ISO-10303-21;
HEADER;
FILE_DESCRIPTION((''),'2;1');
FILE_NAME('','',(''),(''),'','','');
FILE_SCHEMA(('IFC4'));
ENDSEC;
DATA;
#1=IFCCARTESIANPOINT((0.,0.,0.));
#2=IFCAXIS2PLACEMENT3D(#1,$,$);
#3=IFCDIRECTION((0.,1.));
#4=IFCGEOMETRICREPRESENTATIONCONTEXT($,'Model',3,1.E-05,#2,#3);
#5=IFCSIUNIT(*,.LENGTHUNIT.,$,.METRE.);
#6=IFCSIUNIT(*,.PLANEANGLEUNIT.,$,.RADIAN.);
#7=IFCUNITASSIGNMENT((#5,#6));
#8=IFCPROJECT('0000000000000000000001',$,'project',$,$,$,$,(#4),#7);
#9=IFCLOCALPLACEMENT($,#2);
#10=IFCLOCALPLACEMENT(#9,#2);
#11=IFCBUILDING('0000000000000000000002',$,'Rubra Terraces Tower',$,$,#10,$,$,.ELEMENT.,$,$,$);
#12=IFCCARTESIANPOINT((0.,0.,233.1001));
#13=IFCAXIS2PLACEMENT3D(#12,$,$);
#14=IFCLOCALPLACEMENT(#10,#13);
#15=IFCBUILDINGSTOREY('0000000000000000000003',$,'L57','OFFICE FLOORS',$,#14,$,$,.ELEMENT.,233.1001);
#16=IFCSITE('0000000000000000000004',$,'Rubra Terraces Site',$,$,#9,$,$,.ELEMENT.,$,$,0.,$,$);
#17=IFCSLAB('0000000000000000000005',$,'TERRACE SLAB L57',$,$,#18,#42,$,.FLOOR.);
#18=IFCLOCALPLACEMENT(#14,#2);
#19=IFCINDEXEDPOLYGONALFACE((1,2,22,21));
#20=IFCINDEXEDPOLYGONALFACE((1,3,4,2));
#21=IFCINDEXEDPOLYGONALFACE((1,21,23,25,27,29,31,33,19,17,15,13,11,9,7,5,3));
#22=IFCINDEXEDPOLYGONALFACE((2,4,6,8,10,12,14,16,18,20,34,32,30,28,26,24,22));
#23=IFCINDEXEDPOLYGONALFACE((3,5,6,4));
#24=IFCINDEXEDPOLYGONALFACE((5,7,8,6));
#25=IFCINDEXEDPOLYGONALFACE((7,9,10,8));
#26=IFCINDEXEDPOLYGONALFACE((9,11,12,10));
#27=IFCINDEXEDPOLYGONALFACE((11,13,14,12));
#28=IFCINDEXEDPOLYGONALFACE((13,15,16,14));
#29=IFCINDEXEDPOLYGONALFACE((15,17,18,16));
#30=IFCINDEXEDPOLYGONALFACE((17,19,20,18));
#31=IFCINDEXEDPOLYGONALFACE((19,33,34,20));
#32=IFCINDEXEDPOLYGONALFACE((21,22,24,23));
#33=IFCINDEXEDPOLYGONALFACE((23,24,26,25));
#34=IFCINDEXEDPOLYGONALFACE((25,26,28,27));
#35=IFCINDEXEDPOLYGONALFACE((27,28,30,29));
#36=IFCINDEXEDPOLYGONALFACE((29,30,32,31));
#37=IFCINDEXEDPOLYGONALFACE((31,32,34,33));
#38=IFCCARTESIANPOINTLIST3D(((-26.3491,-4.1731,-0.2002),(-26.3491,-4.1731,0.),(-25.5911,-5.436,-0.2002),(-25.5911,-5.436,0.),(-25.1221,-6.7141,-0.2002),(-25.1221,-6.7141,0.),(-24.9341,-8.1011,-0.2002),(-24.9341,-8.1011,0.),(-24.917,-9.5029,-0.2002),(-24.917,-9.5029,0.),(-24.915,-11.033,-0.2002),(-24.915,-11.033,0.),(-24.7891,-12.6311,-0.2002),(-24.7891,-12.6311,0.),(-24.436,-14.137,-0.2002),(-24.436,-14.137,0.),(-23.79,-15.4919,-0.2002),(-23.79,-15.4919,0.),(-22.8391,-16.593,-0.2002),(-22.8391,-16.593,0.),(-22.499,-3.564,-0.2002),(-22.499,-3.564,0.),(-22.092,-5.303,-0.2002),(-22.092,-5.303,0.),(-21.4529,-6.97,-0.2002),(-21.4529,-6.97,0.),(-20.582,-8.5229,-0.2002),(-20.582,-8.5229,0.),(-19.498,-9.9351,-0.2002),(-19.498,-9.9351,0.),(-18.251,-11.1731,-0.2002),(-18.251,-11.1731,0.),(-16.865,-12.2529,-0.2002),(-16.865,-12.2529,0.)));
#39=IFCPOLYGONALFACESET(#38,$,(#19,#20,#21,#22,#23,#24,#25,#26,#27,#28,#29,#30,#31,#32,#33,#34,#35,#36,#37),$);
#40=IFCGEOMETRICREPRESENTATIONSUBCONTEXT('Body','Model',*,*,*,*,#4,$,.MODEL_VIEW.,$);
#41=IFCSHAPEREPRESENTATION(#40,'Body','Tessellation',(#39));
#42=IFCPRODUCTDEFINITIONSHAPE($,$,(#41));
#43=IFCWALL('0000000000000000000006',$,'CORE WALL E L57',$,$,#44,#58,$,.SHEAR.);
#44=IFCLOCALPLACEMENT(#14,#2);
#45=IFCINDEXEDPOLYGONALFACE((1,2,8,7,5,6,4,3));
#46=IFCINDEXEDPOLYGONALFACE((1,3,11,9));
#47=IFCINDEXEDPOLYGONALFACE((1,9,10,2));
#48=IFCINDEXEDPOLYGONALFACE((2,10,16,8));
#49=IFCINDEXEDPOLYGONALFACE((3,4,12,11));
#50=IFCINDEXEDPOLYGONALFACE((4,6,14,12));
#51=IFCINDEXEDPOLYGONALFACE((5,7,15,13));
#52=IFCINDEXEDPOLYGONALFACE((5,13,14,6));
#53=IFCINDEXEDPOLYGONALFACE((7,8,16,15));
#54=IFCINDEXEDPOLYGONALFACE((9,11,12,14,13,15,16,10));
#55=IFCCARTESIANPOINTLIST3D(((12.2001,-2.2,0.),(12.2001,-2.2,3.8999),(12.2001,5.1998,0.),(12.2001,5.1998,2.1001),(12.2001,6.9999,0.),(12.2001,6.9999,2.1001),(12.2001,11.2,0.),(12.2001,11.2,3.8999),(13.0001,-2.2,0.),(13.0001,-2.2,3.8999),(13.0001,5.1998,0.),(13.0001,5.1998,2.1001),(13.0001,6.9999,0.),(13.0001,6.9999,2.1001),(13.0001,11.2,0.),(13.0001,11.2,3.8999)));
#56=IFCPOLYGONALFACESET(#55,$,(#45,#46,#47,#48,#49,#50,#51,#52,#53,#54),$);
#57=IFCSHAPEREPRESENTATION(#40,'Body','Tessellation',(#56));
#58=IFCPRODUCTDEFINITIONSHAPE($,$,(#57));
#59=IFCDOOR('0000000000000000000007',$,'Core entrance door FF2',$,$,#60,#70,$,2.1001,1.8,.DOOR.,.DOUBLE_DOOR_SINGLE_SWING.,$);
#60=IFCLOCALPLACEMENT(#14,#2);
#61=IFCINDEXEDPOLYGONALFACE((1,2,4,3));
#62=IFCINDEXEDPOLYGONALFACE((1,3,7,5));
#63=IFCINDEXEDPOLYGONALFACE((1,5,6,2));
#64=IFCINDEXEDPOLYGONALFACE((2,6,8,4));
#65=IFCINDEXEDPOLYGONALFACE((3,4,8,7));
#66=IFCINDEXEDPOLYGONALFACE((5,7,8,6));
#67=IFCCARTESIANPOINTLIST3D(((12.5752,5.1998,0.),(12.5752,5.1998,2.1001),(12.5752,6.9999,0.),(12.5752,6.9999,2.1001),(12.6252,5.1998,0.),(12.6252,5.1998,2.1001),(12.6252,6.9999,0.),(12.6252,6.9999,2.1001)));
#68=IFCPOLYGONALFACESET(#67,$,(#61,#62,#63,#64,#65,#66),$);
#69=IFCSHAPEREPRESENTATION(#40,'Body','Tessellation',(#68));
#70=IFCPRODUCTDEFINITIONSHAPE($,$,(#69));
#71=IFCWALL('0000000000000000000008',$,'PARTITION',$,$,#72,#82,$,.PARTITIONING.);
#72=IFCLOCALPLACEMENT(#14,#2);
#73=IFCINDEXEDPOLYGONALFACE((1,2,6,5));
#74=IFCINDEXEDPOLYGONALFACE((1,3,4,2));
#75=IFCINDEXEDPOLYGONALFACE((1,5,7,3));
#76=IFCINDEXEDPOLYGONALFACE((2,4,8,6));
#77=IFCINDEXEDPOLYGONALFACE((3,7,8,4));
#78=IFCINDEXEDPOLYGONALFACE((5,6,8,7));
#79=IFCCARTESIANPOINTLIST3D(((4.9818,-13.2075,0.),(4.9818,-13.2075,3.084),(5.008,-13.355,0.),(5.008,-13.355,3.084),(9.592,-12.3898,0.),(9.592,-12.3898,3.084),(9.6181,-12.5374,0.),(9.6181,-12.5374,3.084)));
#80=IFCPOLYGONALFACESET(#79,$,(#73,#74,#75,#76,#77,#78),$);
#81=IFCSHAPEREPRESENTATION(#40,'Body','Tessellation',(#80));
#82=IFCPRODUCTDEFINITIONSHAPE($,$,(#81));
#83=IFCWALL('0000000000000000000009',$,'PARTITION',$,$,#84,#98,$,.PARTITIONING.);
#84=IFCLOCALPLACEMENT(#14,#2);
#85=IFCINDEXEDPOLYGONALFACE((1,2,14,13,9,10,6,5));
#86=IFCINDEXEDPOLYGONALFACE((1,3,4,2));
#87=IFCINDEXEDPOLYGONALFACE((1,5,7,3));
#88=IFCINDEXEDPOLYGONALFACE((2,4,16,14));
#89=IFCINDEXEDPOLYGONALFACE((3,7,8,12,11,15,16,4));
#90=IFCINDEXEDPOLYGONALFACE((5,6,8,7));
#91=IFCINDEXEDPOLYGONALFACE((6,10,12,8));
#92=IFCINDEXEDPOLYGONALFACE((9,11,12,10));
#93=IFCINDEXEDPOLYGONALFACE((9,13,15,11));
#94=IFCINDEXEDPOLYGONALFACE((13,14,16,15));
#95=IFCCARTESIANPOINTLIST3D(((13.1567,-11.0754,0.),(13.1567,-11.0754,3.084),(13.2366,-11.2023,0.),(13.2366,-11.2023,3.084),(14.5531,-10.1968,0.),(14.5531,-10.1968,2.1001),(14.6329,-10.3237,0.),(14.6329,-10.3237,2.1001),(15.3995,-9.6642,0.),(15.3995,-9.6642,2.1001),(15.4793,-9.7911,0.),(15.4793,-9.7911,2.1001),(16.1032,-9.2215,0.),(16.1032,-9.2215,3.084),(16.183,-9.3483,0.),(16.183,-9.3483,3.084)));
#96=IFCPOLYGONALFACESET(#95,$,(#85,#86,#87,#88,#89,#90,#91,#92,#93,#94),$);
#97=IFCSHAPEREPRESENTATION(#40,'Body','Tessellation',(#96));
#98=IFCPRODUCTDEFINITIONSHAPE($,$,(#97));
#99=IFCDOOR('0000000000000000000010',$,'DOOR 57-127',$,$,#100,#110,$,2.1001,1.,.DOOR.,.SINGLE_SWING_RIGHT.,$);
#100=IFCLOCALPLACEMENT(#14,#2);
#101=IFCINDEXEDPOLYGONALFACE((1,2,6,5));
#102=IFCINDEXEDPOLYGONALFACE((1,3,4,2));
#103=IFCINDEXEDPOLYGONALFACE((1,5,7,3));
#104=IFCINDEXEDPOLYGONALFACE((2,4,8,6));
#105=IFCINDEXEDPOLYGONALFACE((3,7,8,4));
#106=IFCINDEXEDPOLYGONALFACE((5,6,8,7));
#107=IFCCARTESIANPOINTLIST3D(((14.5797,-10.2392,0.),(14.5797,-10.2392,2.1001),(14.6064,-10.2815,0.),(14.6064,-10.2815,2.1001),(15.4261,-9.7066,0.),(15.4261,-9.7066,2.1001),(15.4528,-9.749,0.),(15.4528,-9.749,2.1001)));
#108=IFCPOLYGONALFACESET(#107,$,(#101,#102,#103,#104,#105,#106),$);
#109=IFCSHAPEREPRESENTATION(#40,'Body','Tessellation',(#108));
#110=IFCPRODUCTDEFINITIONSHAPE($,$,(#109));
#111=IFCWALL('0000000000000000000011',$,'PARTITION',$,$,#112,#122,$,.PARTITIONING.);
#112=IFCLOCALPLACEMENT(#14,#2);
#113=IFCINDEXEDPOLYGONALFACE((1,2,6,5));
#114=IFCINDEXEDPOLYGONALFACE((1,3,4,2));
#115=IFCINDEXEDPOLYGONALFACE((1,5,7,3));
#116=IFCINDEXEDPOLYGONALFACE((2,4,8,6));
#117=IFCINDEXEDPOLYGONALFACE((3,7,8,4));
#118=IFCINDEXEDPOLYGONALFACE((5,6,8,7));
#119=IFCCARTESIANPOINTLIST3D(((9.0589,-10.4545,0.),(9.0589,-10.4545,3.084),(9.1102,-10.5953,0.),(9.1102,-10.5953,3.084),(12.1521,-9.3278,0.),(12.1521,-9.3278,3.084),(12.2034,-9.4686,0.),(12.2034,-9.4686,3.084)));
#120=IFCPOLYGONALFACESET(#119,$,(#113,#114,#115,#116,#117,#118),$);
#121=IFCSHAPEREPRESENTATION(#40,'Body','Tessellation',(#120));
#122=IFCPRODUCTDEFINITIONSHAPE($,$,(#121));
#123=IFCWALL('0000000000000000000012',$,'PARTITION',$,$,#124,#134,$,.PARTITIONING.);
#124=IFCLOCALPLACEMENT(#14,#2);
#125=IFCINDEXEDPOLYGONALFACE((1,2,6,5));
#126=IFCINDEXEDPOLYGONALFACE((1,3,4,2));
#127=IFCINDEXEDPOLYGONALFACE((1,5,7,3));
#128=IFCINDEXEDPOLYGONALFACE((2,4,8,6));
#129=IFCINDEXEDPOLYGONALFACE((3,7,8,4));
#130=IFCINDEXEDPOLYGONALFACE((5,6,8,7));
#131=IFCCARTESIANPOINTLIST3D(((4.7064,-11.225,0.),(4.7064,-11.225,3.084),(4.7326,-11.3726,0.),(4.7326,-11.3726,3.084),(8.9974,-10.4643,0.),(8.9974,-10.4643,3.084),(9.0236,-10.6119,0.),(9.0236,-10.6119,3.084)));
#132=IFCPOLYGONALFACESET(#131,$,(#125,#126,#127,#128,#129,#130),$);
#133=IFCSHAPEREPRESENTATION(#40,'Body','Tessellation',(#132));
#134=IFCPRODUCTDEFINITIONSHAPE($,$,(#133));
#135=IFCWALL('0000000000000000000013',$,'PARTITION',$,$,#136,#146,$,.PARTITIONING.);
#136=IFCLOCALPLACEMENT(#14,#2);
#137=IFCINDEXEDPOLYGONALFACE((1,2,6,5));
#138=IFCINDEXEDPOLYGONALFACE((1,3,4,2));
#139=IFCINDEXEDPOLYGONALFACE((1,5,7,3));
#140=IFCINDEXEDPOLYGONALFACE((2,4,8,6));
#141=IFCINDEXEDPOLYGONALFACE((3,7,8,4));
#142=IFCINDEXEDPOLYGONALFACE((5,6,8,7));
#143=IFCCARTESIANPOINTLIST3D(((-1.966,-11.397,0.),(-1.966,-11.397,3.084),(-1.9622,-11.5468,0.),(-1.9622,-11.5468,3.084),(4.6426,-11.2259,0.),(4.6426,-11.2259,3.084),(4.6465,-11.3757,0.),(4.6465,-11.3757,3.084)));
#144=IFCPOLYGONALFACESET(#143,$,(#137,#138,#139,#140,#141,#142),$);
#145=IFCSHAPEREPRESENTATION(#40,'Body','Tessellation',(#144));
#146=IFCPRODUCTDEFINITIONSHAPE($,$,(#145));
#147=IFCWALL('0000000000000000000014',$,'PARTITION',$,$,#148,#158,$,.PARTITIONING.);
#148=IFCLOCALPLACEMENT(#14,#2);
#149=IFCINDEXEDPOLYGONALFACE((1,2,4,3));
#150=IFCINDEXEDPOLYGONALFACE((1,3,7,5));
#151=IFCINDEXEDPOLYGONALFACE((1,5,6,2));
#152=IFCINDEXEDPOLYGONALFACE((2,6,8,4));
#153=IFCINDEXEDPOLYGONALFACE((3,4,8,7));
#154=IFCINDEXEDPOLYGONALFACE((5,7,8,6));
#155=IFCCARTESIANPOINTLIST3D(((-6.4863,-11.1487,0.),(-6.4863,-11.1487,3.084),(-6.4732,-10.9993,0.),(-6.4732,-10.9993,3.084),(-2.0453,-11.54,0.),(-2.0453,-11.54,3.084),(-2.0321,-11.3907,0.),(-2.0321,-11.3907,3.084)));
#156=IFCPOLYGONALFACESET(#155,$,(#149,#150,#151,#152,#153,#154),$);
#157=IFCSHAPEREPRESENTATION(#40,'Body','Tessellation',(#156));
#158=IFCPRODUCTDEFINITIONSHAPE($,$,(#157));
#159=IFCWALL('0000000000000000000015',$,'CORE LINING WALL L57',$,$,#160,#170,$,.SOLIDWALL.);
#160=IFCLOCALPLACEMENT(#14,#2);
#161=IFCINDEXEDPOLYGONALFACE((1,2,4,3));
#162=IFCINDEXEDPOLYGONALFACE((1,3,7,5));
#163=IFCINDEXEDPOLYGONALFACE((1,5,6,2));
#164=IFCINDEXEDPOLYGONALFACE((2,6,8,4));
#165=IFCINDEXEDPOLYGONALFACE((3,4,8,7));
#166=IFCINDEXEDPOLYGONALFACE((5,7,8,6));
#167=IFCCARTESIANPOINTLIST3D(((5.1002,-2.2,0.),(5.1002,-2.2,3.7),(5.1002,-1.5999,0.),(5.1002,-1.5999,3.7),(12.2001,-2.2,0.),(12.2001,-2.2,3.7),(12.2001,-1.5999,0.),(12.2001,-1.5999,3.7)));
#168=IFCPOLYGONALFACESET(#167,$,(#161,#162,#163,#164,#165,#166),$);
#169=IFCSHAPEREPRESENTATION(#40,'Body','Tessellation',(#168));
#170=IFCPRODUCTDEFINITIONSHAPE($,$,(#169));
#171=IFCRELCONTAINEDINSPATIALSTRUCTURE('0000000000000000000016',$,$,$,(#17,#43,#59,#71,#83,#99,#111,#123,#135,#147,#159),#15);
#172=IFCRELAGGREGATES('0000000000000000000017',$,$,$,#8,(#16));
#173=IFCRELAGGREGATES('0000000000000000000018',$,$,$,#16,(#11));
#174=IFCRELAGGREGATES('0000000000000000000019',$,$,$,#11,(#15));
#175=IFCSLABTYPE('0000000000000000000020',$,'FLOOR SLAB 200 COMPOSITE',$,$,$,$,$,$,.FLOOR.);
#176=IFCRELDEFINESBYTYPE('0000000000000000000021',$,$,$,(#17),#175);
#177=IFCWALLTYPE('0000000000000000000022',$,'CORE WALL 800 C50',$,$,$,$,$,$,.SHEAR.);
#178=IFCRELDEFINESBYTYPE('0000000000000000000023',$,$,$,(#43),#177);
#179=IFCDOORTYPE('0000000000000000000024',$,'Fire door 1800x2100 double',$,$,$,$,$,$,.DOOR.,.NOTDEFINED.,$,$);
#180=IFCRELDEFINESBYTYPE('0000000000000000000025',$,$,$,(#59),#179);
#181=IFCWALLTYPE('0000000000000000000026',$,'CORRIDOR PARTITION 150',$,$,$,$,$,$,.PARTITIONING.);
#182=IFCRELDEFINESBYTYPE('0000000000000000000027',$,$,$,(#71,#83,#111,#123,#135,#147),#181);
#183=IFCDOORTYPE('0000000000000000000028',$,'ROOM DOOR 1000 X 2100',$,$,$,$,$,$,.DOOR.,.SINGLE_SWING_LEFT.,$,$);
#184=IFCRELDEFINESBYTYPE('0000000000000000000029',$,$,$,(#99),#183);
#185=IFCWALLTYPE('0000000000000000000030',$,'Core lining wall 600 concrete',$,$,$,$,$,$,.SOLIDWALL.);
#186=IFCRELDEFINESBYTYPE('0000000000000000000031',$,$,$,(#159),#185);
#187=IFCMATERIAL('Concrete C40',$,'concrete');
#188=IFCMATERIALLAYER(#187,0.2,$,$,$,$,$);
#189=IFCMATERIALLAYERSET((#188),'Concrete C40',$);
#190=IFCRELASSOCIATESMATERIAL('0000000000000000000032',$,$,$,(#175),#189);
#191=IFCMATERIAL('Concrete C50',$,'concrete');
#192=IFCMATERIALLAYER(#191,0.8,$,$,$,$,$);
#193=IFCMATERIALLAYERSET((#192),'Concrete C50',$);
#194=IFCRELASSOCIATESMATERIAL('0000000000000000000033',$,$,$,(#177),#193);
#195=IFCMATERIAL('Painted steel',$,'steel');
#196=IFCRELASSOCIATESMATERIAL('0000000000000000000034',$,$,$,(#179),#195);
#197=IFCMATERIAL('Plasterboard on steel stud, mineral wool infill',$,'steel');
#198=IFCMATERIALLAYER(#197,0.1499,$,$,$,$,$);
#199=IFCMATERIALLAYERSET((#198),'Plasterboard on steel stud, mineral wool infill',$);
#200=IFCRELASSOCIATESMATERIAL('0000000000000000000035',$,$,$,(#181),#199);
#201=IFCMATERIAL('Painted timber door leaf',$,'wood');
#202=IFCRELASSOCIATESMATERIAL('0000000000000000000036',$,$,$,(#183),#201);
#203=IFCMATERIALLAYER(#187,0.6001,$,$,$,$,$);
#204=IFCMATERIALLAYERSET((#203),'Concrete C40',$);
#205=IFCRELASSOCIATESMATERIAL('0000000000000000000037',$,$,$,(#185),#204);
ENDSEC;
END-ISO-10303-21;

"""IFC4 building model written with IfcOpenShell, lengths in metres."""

from ifc_helpers import new_model, si_unit, direction, frame, frame_2d, origin, place, context, subcontext, project, spatial, polyline, rectangle, outline, extrude, material, layer, layer_set, type_object, element, fill, save


model = new_model("IFC4")

# Units and contexts
model_context = context("Model", 3, precision=1e-05, world=origin(), true_north=direction((0.0, 1.0)))
body_context = subcontext(model_context, "Body", "Model", "MODEL_VIEW")
ifc_project = project(units=[si_unit("LENGTHUNIT", "METRE"), si_unit("PLANEANGLEUNIT", "RADIAN")], contexts=[model_context])

# Site, building, storey
site_placement = place(None, origin())
site = spatial("IfcSite", under=ifc_project, at=site_placement, Name="Rubra Terraces Site", CompositionType="ELEMENT", RefElevation=0.0)
building_placement = place(site_placement, origin())
building = spatial("IfcBuilding", under=site, at=building_placement, Name="Rubra Terraces Tower", CompositionType="ELEMENT")
storey_placement = place(building_placement, frame((0.0, 0.0, 233.1001)))
storey = spatial("IfcBuildingStorey", under=building, at=storey_placement, Name="L57", Description="OFFICE FLOORS", CompositionType="ELEMENT", Elevation=233.1001)

# Slab
ifc_material_1 = material(Name="Concrete C40", Category="concrete")
ifc_layer_1 = layer(ifc_material_1, 0.2)
ifc_layer_set_1 = layer_set([ifc_layer_1], Name="Concrete C40")
slab_type_1 = type_object("IfcSlabType", Name="FLOOR SLAB 200 COMPOSITE", PredefinedType="FLOOR", material=ifc_layer_set_1)
slab_1_placement = place(storey_placement, frame((0.0, 0.0, -0.2002)))
element("IfcSlab", 1, at=slab_1_placement, inside=storey, type_object=slab_type_1, Name="TERRACE SLAB L57", PredefinedType="FLOOR", context=body_context, shape_type="SweptSolid", body=[
    extrude(outline(polyline([(-26.3491, -4.1731), (-25.5911, -5.436), (-25.1221, -6.7141), (-24.9341, -8.1011), (-24.917, -9.5029), (-24.915, -11.033), (-24.7891, -12.6311), (-24.436, -14.137), (-23.79, -15.4919), (-22.8391, -16.593), (-16.865, -12.2529), (-18.251, -11.1731), (-19.498, -9.9351), (-20.582, -8.5229), (-21.4529, -6.97), (-22.092, -5.303), (-22.499, -3.564), (-26.3491, -4.1731)])), origin(), (0.0, 0.0, 1.0), 0.2002),
])

# Wall, opening, door
ifc_material_2 = material(Name="Concrete C50", Category="concrete")
ifc_layer_2 = layer(ifc_material_2, 0.8)
ifc_layer_set_2 = layer_set([ifc_layer_2], Name="Concrete C50")
wall_type_1 = type_object("IfcWallType", Name="CORE WALL 800 C50", PredefinedType="SHEAR", material=ifc_layer_set_2)
wall_1_placement = place(storey_placement, frame((12.6001, -2.2, 0.0), z_axis=(0.0, 0.0, 1.0), x_axis=(0.0, 1.0, 0.0)))
wall_1 = element("IfcWall", 2, at=wall_1_placement, inside=storey, type_object=wall_type_1, Name="CORE WALL E L57", PredefinedType="SHEAR", context=body_context, shape_type="SweptSolid", body=[
    extrude(rectangle(XDim=13.3999, YDim=0.8, at=frame_2d((6.7, 0.0))), origin(), (0.0, 0.0, 1.0), 3.8999),
])
opening_1_placement = place(wall_1_placement, frame((7.3999, 0.0, 0.0)))
opening_1 = element("IfcOpeningElement", 3, at=opening_1_placement, cuts=wall_1, PredefinedType="OPENING", context=body_context, shape_type="SweptSolid", body=[
    extrude(rectangle(XDim=1.8, YDim=2.1001, at=frame_2d((0.8999, 1.05))), frame((0.0, 0.4099, 0.0), z_axis=(0.0, -1.0, 0.0), x_axis=(1.0, 0.0, 0.0)), (0.0, 0.0, 1.0), 0.8201),
])
ifc_material_3 = material(Name="Painted steel", Category="steel")
door_type_1 = type_object("IfcDoorType", Name="Fire door 1800x2100 double", OperationType="NOTDEFINED", PredefinedType="DOOR", material=ifc_material_3)
door_1_placement = place(opening_1_placement, origin())
door_1 = element("IfcDoor", 4, at=door_1_placement, inside=storey, type_object=door_type_1, Name="Core entrance door FF2", OperationType="DOUBLE_DOOR_SINGLE_SWING", OverallHeight=2.1001, OverallWidth=1.8, PredefinedType="DOOR", context=body_context, shape_type="SweptSolid", body=[
    extrude(rectangle(XDim=1.8, YDim=2.1001, at=frame_2d((0.8999, 1.05))), frame((0.0, 0.0249, 0.0), z_axis=(0.0, -1.0, 0.0), x_axis=(1.0, 0.0, 0.0)), (0.0, 0.0, 1.0), 0.05),
])
fill(opening_1, door_1)

# Wall
ifc_material_4 = material(Name="Plasterboard on steel stud, mineral wool infill", Category="steel")
ifc_layer_3 = layer(ifc_material_4, 0.1499)
ifc_layer_set_3 = layer_set([ifc_layer_3], Name="Plasterboard on steel stud, mineral wool infill")
wall_type_2 = type_object("IfcWallType", Name="CORRIDOR PARTITION 150", PredefinedType="PARTITIONING", material=ifc_layer_set_3)
wall_2_placement = place(storey_placement, frame((4.9949, -13.2812, 0.0), z_axis=(0.0, 0.0, 1.0), x_axis=(0.984634, 0.17463, 0.0)))
element("IfcWall", 5, at=wall_2_placement, inside=storey, type_object=wall_type_2, Name="PARTITION", PredefinedType="PARTITIONING", context=body_context, shape_type="SweptSolid", body=[
    extrude(rectangle(XDim=4.6821, YDim=0.1499, at=frame_2d((2.3411, 0.0))), origin(), (0.0, 0.0, 1.0), 3.084),
])

# Wall, opening, door
wall_3_placement = place(storey_placement, frame((13.1965, -11.1389, 0.0), z_axis=(0.0, 0.0, 1.0), x_axis=(0.846391, 0.532562, 0.0)))
wall_3 = element("IfcWall", 6, at=wall_3_placement, inside=storey, type_object=wall_type_2, Name="PARTITION", PredefinedType="PARTITIONING", context=body_context, shape_type="SweptSolid", body=[
    extrude(rectangle(XDim=3.4812, YDim=0.1499, at=frame_2d((1.7407, 0.0))), origin(), (0.0, 0.0, 1.0), 3.084),
])
opening_2_placement = place(wall_3_placement, frame((1.6499, 0.0, 0.0)))
opening_2 = element("IfcOpeningElement", 7, at=opening_2_placement, cuts=wall_3, PredefinedType="OPENING", context=body_context, shape_type="SweptSolid", body=[
    extrude(rectangle(XDim=1.0, YDim=2.1001, at=frame_2d((0.5, 1.05))), frame((0.0, 0.085, 0.0), z_axis=(0.0, -1.0, 0.0), x_axis=(1.0, 0.0, 0.0)), (0.0, 0.0, 1.0), 0.1699),
])
ifc_material_5 = material(Name="Painted timber door leaf", Category="wood")
door_type_2 = type_object("IfcDoorType", Name="ROOM DOOR 1000 X 2100", OperationType="SINGLE_SWING_LEFT", PredefinedType="DOOR", material=ifc_material_5)
door_2_placement = place(opening_2_placement, origin())
door_2 = element("IfcDoor", 8, at=door_2_placement, inside=storey, type_object=door_type_2, Name="DOOR 57-127", OperationType="SINGLE_SWING_RIGHT", OverallHeight=2.1001, OverallWidth=1.0, PredefinedType="DOOR", context=body_context, shape_type="SweptSolid", body=[
    extrude(rectangle(XDim=1.0, YDim=2.1001, at=frame_2d((0.5, 1.05))), frame((0.0, 0.0249, 0.0), z_axis=(0.0, -1.0, 0.0), x_axis=(1.0, 0.0, 0.0)), (0.0, 0.0, 1.0), 0.05),
])
fill(opening_2, door_2)

# Walls
wall_4_placement = place(storey_placement, frame((12.1777, -9.3982, 0.0), z_axis=(0.0, 0.0, 1.0), x_axis=(-0.939609, -0.342249, 0.0)))
element("IfcWall", 9, at=wall_4_placement, inside=storey, type_object=wall_type_2, Name="PARTITION", PredefinedType="PARTITIONING", context=body_context, shape_type="SweptSolid", body=[
    extrude(rectangle(XDim=3.292, YDim=0.1499, at=frame_2d((1.646, 0.0))), origin(), (0.0, 0.0, 1.0), 3.084),
])
wall_5_placement = place(storey_placement, frame((9.0105, -10.5381, 0.0), z_axis=(0.0, 0.0, 1.0), x_axis=(-0.984646, -0.174565, 0.0)))
element("IfcWall", 10, at=wall_5_placement, inside=storey, type_object=wall_type_2, Name="PARTITION", PredefinedType="PARTITIONING", context=body_context, shape_type="SweptSolid", body=[
    extrude(rectangle(XDim=4.3579, YDim=0.1499, at=frame_2d((2.179, 0.0))), origin(), (0.0, 0.0, 1.0), 3.084),
])
wall_6_placement = place(storey_placement, frame((4.6445, -11.3008, 0.0), z_axis=(0.0, 0.0, 1.0), x_axis=(-0.999665, -0.025888, 0.0)))
element("IfcWall", 11, at=wall_6_placement, inside=storey, type_object=wall_type_2, Name="PARTITION", PredefinedType="PARTITIONING", context=body_context, shape_type="SweptSolid", body=[
    extrude(rectangle(XDim=6.6108, YDim=0.1499, at=frame_2d((3.3054, 0.0))), origin(), (0.0, 0.0, 1.0), 3.084),
])
wall_7_placement = place(storey_placement, frame((-2.0388, -11.4653, 0.0), z_axis=(0.0, 0.0, 1.0), x_axis=(-0.99614, 0.08778, 0.0)))
element("IfcWall", 12, at=wall_7_placement, inside=storey, type_object=wall_type_2, Name="PARTITION", PredefinedType="PARTITIONING", context=body_context, shape_type="SweptSolid", body=[
    extrude(rectangle(XDim=4.4583, YDim=0.1499, at=frame_2d((2.229, 0.0))), origin(), (0.0, 0.0, 1.0), 3.084),
])
ifc_layer_4 = layer(ifc_material_1, 0.6001)
ifc_layer_set_4 = layer_set([ifc_layer_4], Name="Concrete C40")
wall_type_3 = type_object("IfcWallType", Name="Core lining wall 600 concrete", PredefinedType="SOLIDWALL", material=ifc_layer_set_4)
wall_8_placement = place(storey_placement, frame((12.2, -1.8999, 0.0), z_axis=(0.0, 0.0, 1.0), x_axis=(-1.0, 0.0, 0.0)))
element("IfcWall", 13, at=wall_8_placement, inside=storey, type_object=wall_type_3, Name="CORE LINING WALL L57", PredefinedType="SOLIDWALL", context=body_context, shape_type="SweptSolid", body=[
    extrude(rectangle(XDim=7.0999, YDim=0.6001, at=frame_2d((3.5498, 0.0))), origin(), (0.0, 0.0, 1.0), 3.7),
])

save(model, "model.ifc")
